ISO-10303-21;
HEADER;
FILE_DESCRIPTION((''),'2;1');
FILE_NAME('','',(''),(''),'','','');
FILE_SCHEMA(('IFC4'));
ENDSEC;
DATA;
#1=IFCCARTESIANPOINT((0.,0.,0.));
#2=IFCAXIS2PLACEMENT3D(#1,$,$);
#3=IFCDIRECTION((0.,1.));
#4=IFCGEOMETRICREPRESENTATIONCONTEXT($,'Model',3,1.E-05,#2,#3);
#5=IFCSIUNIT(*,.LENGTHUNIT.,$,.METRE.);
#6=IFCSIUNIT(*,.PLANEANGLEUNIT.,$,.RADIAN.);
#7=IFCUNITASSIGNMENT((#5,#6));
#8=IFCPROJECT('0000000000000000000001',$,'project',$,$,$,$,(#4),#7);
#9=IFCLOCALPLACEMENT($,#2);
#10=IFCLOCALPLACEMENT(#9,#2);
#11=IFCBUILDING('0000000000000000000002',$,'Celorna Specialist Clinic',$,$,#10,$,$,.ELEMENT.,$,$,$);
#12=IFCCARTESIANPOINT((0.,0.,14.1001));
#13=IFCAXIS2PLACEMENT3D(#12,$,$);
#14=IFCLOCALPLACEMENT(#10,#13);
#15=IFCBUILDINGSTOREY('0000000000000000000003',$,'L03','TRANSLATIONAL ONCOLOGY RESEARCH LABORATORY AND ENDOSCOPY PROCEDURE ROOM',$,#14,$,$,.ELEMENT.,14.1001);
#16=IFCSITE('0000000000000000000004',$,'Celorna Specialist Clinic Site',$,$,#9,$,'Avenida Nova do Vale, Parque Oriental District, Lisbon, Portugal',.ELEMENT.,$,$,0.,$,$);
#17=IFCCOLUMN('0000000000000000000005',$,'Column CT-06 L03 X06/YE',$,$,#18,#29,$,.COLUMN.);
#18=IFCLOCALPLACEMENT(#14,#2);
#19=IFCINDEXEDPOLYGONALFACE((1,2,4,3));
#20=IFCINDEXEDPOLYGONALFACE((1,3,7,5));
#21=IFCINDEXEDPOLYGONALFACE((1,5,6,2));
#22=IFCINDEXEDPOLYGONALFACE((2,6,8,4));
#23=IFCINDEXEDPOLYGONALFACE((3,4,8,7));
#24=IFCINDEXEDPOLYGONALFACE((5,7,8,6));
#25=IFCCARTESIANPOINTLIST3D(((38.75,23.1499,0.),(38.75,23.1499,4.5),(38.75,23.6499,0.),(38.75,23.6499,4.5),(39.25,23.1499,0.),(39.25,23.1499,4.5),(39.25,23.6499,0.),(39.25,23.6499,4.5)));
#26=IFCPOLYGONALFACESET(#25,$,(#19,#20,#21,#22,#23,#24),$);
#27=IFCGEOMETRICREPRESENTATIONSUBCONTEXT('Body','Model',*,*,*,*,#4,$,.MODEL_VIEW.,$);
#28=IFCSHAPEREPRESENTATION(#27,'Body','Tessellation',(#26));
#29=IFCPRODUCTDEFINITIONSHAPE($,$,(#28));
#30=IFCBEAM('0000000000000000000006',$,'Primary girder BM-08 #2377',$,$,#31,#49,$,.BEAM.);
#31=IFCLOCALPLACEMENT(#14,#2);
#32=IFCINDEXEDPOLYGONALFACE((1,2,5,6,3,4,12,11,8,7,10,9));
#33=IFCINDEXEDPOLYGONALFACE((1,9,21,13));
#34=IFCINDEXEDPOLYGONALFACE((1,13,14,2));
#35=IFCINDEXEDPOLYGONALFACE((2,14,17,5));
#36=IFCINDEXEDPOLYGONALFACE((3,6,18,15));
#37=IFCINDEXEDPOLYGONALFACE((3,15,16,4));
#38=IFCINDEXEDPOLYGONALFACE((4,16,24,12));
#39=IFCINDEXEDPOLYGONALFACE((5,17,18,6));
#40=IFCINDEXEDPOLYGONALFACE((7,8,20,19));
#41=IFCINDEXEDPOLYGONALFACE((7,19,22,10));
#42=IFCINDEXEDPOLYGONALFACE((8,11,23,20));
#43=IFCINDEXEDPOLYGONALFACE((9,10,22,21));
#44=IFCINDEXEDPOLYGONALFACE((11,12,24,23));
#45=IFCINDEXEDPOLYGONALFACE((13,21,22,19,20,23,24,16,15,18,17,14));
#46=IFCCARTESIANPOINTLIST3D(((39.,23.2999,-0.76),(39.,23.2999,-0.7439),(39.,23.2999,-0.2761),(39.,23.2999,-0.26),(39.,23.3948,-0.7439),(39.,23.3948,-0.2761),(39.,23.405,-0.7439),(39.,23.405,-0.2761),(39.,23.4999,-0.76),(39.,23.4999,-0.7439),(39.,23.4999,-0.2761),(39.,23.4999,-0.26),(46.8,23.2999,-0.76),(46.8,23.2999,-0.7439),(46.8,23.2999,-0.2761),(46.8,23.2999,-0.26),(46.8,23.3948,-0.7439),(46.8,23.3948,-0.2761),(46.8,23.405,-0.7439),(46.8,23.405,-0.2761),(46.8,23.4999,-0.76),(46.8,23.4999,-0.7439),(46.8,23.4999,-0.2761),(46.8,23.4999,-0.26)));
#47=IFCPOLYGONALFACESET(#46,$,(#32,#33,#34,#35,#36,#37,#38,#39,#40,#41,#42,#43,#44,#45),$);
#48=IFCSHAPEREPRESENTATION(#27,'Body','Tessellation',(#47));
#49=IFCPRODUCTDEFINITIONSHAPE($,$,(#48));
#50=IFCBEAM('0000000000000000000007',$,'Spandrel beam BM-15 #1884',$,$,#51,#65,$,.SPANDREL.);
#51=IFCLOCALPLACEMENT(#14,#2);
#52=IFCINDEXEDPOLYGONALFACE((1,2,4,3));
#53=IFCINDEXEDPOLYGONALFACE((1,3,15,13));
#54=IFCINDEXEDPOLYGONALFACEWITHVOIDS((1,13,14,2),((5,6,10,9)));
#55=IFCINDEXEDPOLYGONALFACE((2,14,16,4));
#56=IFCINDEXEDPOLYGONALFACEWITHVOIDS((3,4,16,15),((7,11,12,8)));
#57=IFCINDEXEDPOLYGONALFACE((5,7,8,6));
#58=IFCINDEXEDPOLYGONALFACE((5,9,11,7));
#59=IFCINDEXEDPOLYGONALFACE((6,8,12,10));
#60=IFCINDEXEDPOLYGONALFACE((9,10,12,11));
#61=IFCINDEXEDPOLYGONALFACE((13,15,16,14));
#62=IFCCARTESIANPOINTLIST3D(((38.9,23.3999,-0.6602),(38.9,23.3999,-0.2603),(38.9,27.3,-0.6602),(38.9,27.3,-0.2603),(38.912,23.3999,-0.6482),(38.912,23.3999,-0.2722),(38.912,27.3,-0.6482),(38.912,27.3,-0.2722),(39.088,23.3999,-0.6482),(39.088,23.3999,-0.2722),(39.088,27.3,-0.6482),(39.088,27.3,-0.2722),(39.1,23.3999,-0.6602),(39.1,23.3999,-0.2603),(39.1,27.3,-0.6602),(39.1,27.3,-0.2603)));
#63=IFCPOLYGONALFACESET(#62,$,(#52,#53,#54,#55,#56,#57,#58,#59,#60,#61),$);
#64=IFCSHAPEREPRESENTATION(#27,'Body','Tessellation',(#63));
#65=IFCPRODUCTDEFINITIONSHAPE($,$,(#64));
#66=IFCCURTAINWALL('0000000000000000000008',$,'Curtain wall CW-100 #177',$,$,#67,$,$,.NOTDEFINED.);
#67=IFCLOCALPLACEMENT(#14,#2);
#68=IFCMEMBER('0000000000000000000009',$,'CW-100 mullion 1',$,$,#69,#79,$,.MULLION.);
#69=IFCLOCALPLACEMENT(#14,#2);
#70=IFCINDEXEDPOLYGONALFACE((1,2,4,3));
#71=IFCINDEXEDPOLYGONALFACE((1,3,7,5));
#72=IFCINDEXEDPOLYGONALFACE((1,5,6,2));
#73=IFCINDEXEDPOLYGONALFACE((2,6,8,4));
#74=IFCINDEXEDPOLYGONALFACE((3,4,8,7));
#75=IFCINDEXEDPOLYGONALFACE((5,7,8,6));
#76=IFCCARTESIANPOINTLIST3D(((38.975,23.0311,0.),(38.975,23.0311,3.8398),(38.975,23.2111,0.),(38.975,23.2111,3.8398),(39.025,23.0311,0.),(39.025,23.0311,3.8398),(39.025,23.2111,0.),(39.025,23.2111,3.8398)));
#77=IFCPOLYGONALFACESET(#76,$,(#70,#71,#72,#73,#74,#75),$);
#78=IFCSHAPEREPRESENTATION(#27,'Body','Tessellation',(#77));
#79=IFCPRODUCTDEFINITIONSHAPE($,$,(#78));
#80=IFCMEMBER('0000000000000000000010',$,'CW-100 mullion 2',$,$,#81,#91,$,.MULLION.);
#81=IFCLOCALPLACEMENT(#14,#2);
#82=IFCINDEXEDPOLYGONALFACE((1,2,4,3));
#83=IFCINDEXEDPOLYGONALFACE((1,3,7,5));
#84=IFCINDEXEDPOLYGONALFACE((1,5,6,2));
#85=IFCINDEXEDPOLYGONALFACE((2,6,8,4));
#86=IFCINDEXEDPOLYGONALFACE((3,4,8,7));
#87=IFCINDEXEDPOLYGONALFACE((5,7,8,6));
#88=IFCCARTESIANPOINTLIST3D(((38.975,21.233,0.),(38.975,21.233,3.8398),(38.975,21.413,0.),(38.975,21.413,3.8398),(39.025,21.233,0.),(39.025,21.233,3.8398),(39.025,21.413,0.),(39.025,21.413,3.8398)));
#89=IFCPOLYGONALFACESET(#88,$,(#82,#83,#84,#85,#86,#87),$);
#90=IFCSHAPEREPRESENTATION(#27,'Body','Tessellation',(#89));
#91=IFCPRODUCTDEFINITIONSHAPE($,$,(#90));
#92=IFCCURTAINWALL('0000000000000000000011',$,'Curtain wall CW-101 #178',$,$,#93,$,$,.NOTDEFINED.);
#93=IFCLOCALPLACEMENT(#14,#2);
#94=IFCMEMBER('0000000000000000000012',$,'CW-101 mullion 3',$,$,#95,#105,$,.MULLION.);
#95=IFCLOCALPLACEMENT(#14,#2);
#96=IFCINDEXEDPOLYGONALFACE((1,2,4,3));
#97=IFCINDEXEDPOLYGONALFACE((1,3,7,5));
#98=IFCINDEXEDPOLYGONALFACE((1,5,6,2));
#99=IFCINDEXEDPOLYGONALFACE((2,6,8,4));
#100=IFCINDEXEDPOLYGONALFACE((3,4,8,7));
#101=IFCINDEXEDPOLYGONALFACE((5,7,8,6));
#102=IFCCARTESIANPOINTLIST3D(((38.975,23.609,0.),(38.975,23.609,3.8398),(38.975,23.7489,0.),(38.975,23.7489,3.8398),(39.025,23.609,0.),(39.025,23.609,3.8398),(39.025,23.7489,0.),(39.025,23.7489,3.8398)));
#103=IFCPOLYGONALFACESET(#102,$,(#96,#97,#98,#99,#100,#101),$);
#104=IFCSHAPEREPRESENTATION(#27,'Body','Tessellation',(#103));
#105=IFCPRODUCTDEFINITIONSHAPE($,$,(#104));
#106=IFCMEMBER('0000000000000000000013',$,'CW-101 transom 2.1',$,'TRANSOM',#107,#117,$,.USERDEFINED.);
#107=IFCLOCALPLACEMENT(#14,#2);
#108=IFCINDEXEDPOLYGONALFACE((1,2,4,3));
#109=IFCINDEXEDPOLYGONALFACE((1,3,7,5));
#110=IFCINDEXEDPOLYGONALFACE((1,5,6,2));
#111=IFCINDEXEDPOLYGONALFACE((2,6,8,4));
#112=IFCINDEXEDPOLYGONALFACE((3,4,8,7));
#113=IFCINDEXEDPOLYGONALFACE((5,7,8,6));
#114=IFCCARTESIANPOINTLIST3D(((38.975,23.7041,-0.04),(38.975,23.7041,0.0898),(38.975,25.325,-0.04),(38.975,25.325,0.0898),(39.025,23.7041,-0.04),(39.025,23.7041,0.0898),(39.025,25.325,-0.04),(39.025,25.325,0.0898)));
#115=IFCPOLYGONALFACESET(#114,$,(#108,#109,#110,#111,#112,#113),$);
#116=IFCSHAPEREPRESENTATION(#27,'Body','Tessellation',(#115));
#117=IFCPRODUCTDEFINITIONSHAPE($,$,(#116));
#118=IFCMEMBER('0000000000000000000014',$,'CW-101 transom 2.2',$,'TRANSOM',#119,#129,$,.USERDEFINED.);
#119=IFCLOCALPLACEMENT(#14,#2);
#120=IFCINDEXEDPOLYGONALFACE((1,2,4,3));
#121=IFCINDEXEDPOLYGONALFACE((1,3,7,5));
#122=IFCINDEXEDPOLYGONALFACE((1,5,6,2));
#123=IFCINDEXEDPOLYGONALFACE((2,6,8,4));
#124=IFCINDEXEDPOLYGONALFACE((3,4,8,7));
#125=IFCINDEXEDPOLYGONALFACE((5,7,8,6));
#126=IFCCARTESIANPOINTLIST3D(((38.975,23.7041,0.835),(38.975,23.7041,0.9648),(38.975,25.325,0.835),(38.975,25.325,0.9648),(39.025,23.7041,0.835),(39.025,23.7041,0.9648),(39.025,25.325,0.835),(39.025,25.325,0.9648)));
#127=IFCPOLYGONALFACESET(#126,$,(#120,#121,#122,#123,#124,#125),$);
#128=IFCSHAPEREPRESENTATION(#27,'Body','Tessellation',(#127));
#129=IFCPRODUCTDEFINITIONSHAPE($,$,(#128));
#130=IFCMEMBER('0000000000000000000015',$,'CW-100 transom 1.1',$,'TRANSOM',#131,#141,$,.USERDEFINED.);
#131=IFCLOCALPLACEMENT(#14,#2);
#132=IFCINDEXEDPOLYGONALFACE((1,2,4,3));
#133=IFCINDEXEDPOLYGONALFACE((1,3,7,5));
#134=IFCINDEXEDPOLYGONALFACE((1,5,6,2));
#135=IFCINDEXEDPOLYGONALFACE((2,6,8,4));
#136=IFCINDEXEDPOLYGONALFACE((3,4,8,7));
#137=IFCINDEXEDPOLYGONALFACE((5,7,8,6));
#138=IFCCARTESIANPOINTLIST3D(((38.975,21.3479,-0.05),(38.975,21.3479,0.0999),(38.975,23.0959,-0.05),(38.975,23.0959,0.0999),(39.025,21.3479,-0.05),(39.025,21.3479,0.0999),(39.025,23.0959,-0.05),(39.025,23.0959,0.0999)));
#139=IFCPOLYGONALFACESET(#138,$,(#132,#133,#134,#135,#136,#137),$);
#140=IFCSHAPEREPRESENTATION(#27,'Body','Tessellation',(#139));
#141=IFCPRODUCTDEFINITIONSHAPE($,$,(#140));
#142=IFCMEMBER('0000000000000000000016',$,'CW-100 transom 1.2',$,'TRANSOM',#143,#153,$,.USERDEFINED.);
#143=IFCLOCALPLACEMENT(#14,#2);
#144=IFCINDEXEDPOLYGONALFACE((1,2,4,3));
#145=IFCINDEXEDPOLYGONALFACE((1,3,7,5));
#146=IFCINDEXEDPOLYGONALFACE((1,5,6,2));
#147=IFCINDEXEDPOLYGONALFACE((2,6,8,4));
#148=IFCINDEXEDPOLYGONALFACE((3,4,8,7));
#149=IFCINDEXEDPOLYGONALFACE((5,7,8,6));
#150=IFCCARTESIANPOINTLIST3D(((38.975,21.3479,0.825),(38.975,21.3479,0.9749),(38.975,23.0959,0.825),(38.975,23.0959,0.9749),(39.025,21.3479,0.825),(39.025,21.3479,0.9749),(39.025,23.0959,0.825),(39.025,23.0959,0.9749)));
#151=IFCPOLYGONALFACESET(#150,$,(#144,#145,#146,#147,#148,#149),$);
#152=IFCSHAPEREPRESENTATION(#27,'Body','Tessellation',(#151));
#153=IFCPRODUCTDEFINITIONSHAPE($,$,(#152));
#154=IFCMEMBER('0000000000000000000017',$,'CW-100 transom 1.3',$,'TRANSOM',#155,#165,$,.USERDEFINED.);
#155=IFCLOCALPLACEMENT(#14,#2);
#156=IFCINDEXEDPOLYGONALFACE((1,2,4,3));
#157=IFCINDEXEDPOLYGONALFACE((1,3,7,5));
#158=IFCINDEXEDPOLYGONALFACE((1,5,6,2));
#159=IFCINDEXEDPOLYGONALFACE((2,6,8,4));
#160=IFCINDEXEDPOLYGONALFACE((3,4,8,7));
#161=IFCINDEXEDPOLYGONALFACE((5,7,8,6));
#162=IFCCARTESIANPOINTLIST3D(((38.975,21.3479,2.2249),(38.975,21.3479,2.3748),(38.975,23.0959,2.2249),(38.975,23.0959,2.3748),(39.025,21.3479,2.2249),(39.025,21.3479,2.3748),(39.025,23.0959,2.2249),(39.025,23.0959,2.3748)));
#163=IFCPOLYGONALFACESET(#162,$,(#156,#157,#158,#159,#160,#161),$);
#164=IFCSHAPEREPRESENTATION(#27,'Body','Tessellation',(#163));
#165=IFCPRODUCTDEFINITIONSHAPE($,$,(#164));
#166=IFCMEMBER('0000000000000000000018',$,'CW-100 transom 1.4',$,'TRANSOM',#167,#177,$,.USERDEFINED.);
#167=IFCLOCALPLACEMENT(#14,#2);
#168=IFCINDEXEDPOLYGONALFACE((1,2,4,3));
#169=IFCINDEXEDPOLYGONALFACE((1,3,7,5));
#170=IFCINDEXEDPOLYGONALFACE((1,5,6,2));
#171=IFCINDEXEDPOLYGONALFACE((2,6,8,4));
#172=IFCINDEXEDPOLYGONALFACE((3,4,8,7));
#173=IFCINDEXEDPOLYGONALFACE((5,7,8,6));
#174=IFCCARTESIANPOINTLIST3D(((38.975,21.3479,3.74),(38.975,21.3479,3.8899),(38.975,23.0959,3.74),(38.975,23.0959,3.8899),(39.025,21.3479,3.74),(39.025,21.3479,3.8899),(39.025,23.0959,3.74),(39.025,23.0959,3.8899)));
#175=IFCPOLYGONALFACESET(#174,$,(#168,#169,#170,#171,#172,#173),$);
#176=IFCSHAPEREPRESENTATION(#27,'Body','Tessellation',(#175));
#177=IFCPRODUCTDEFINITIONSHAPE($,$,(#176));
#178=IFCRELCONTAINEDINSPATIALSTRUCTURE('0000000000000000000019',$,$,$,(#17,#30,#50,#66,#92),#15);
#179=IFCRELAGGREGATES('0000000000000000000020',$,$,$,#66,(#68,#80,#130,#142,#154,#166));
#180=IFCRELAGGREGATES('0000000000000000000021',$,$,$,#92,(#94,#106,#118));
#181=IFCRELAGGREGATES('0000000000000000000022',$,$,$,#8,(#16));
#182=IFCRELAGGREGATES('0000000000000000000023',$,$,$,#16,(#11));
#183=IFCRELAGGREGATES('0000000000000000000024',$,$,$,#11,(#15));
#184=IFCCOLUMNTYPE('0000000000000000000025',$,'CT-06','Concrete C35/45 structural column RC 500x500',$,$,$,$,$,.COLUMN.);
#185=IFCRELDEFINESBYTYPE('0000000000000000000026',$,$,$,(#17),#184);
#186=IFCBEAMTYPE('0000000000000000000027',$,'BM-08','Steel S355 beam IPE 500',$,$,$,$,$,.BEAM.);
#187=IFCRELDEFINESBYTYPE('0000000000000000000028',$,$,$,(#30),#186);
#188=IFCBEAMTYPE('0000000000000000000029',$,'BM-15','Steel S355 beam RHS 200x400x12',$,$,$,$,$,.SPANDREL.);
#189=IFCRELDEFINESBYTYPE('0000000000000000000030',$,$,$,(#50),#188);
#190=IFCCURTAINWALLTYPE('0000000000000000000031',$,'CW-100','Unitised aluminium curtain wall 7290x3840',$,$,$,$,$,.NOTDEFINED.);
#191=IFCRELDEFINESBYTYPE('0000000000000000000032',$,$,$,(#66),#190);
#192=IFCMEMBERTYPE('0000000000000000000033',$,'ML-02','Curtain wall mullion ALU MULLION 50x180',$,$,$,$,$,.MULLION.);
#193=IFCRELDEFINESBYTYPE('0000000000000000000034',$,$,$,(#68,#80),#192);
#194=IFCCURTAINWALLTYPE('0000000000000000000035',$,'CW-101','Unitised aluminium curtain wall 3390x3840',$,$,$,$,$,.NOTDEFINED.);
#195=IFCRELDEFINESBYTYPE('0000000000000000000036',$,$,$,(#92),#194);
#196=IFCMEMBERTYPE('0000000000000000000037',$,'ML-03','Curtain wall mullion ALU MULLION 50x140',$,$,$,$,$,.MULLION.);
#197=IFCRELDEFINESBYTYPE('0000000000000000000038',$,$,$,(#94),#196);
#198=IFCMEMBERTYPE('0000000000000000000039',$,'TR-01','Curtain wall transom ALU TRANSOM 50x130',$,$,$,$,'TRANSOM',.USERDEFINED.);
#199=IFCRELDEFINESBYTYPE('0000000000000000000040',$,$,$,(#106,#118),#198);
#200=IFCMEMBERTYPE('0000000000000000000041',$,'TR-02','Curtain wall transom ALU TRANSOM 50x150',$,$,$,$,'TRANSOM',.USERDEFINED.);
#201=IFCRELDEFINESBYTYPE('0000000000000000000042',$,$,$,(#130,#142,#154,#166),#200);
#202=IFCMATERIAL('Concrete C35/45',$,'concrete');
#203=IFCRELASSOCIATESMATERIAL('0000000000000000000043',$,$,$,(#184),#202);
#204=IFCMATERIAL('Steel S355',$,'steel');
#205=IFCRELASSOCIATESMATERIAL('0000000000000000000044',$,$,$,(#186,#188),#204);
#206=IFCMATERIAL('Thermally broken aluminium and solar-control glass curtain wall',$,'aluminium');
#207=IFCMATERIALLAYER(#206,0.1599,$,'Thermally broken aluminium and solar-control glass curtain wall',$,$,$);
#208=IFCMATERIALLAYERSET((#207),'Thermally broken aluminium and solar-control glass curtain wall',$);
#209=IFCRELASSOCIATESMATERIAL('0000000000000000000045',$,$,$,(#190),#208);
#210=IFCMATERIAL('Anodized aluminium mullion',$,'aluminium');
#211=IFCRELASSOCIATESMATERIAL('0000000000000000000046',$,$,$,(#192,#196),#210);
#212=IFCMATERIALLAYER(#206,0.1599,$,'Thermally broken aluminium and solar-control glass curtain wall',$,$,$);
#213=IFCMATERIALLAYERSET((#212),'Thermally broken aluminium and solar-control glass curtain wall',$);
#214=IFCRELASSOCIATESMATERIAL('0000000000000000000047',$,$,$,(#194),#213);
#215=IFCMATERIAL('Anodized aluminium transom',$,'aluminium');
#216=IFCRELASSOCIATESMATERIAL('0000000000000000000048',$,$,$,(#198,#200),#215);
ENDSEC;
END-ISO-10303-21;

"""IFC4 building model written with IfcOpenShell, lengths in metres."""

from ifc_helpers import new_model, si_unit, direction, frame, origin, origin_2d, place, context, subcontext, project, spatial, rectangle, hollow_rectangle, i_section, extrude, material, layer, layer_set, material_profile, profile_set, type_object, element, aggregate, save


model = new_model("IFC4")

# Units and contexts
model_context = context("Model", 3, precision=1e-05, world=origin(), true_north=direction((0.0, 1.0)))
body_context = subcontext(model_context, "Body", "Model", "MODEL_VIEW")
ifc_project = project(units=[si_unit("LENGTHUNIT", "METRE"), si_unit("PLANEANGLEUNIT", "RADIAN")], contexts=[model_context])

# Site, building, storey
site_placement = place(None, origin())
site = spatial("IfcSite", under=ifc_project, at=site_placement, Name="Celorna Specialist Clinic Site", LongName="Avenida Nova do Vale, Parque Oriental District, Lisbon, Portugal", CompositionType="ELEMENT", RefElevation=0.0)
building_placement = place(site_placement, origin())
building = spatial("IfcBuilding", under=site, at=building_placement, Name="Celorna Specialist Clinic", CompositionType="ELEMENT")
storey_placement = place(building_placement, frame((0.0, 0.0, 14.1001)))
storey = spatial("IfcBuildingStorey", under=building, at=storey_placement, Name="L03", Description="TRANSLATIONAL ONCOLOGY RESEARCH LABORATORY AND ENDOSCOPY PROCEDURE ROOM", CompositionType="ELEMENT", Elevation=14.1001)

# Column
ifc_material_1 = material(Name="Concrete C35/45", Category="concrete")
ifc_material_profile_1 = material_profile(ifc_material_1, rectangle(XDim=0.5, YDim=0.5, at=origin_2d()), Name="RC 500x500")
ifc_profile_set_1 = profile_set([ifc_material_profile_1], Name="Concrete C35/45")
column_type = type_object("IfcColumnType", Name="CT-06", Description="Concrete C35/45 structural column RC 500x500", PredefinedType="COLUMN", material=ifc_profile_set_1)
column_placement = place(storey_placement, frame((39.0, 23.3999, 0.0), z_axis=(0.0, 0.0, 1.0), x_axis=(1.0, 0.0, 0.0)))
element("IfcColumn", 1, at=column_placement, inside=storey, type_object=column_type, Name="Column CT-06 L03 X06/YE", PredefinedType="COLUMN", context=body_context, shape_type="SweptSolid", body=[
    extrude(rectangle(XDim=0.5, YDim=0.5, at=origin_2d()), origin(), (0.0, 0.0, 1.0), 4.5),
])

# Beams
ifc_material_2 = material(Name="Steel S355", Category="steel")
ifc_material_profile_2 = material_profile(ifc_material_2, i_section(OverallWidth=0.2, OverallDepth=0.5, WebThickness=0.0103, FlangeThickness=0.0161, at=origin_2d()), Name="IPE 500")
ifc_profile_set_2 = profile_set([ifc_material_profile_2], Name="Steel S355")
beam_type_1 = type_object("IfcBeamType", Name="BM-08", Description="Steel S355 beam IPE 500", PredefinedType="BEAM", material=ifc_profile_set_2)
beam_1_placement = place(storey_placement, frame((39.0, 23.3999, -0.51), z_axis=(1.0, 0.0, 0.0), x_axis=(0.0, 1.0, 0.0)))
element("IfcBeam", 2, at=beam_1_placement, inside=storey, type_object=beam_type_1, Name="Primary girder BM-08 #2377", PredefinedType="BEAM", context=body_context, shape_type="SweptSolid", body=[
    extrude(i_section(OverallWidth=0.2, OverallDepth=0.5, WebThickness=0.0103, FlangeThickness=0.0161, at=origin_2d()), origin(), (0.0, 0.0, 1.0), 7.8),
])
ifc_material_profile_3 = material_profile(ifc_material_2, hollow_rectangle(XDim=0.2, YDim=0.3999, WallThickness=0.012, at=origin_2d()), Name="RHS 200x400x12")
ifc_profile_set_3 = profile_set([ifc_material_profile_3], Name="Steel S355")
beam_type_2 = type_object("IfcBeamType", Name="BM-15", Description="Steel S355 beam RHS 200x400x12", PredefinedType="SPANDREL", material=ifc_profile_set_3)
beam_2_placement = place(storey_placement, frame((39.0, 23.3999, -0.4602), z_axis=(0.0, 1.0, 0.0), x_axis=(-1.0, 0.0, 0.0)))
element("IfcBeam", 3, at=beam_2_placement, inside=storey, type_object=beam_type_2, Name="Spandrel beam BM-15 #1884", PredefinedType="SPANDREL", context=body_context, shape_type="SweptSolid", body=[
    extrude(hollow_rectangle(XDim=0.2, YDim=0.3999, WallThickness=0.012, at=origin_2d()), origin(), (0.0, 0.0, 1.0), 3.9001),
])

# Curtain walls, members
ifc_material_3 = material(Name="Thermally broken aluminium and solar-control glass curtain wall", Category="aluminium")
ifc_layer_1 = layer(ifc_material_3, 0.1599, Name="Thermally broken aluminium and solar-control glass curtain wall")
ifc_layer_set_1 = layer_set([ifc_layer_1], Name="Thermally broken aluminium and solar-control glass curtain wall")
curtain_wall_type_1 = type_object("IfcCurtainWallType", Name="CW-100", Description="Unitised aluminium curtain wall 7290x3840", PredefinedType="NOTDEFINED", material=ifc_layer_set_1)
curtain_wall_1_placement = place(storey_placement, origin())
curtain_wall_1 = element("IfcCurtainWall", 4, at=curtain_wall_1_placement, inside=storey, type_object=curtain_wall_type_1, Name="Curtain wall CW-100 #177", PredefinedType="NOTDEFINED")
ifc_material_4 = material(Name="Anodized aluminium mullion", Category="aluminium")
ifc_material_profile_4 = material_profile(ifc_material_4, rectangle(XDim=0.05, YDim=0.1799, at=origin_2d()), Name="ALU MULLION 50x180")
ifc_profile_set_4 = profile_set([ifc_material_profile_4], Name="Anodized aluminium mullion")
member_type_1 = type_object("IfcMemberType", Name="ML-02", Description="Curtain wall mullion ALU MULLION 50x180", PredefinedType="MULLION", material=ifc_profile_set_4)
member_1_placement = place(storey_placement, frame((39.0, 23.1211, 0.0), z_axis=(0.0, 0.0, 1.0), x_axis=(1.0, 0.0, 0.0)))
member_1 = element("IfcMember", 5, at=member_1_placement, type_object=member_type_1, Name="CW-100 mullion 1", PredefinedType="MULLION", context=body_context, shape_type="SweptSolid", body=[
    extrude(rectangle(XDim=0.05, YDim=0.1799, at=origin_2d()), origin(), (0.0, 0.0, 1.0), 3.8398),
])
member_2_placement = place(storey_placement, frame((39.0, 21.323, 0.0), z_axis=(0.0, 0.0, 1.0), x_axis=(1.0, 0.0, 0.0)))
member_2 = element("IfcMember", 6, at=member_2_placement, type_object=member_type_1, Name="CW-100 mullion 2", PredefinedType="MULLION", context=body_context, shape_type="SweptSolid", body=[
    extrude(rectangle(XDim=0.05, YDim=0.1799, at=origin_2d()), origin(), (0.0, 0.0, 1.0), 3.8398),
])
ifc_layer_2 = layer(ifc_material_3, 0.1599, Name="Thermally broken aluminium and solar-control glass curtain wall")
ifc_layer_set_2 = layer_set([ifc_layer_2], Name="Thermally broken aluminium and solar-control glass curtain wall")
curtain_wall_type_2 = type_object("IfcCurtainWallType", Name="CW-101", Description="Unitised aluminium curtain wall 3390x3840", PredefinedType="NOTDEFINED", material=ifc_layer_set_2)
curtain_wall_2_placement = place(storey_placement, origin())
curtain_wall_2 = element("IfcCurtainWall", 7, at=curtain_wall_2_placement, inside=storey, type_object=curtain_wall_type_2, Name="Curtain wall CW-101 #178", PredefinedType="NOTDEFINED")
ifc_material_profile_5 = material_profile(ifc_material_4, rectangle(XDim=0.05, YDim=0.1399, at=origin_2d()), Name="ALU MULLION 50x140")
ifc_profile_set_5 = profile_set([ifc_material_profile_5], Name="Anodized aluminium mullion")
member_type_2 = type_object("IfcMemberType", Name="ML-03", Description="Curtain wall mullion ALU MULLION 50x140", PredefinedType="MULLION", material=ifc_profile_set_5)
member_3_placement = place(storey_placement, frame((39.0, 23.679, 0.0), z_axis=(0.0, 0.0, 1.0), x_axis=(1.0, 0.0, 0.0)))
member_3 = element("IfcMember", 8, at=member_3_placement, type_object=member_type_2, Name="CW-101 mullion 3", PredefinedType="MULLION", context=body_context, shape_type="SweptSolid", body=[
    extrude(rectangle(XDim=0.05, YDim=0.1399, at=origin_2d()), origin(), (0.0, 0.0, 1.0), 3.8398),
])
ifc_material_5 = material(Name="Anodized aluminium transom", Category="aluminium")
ifc_material_profile_6 = material_profile(ifc_material_5, rectangle(XDim=0.05, YDim=0.1299, at=origin_2d()), Name="ALU TRANSOM 50x130")
ifc_profile_set_6 = profile_set([ifc_material_profile_6], Name="Anodized aluminium transom")
member_type_3 = type_object("IfcMemberType", Name="TR-01", Description="Curtain wall transom ALU TRANSOM 50x130", ElementType="TRANSOM", PredefinedType="USERDEFINED", material=ifc_profile_set_6)
member_4_placement = place(storey_placement, frame((39.0, 25.325, 0.0249), z_axis=(0.0, -1.0, 0.0), x_axis=(1.0, 0.0, 0.0)))
member_4 = element("IfcMember", 9, at=member_4_placement, type_object=member_type_3, Name="CW-101 transom 2.1", ObjectType="TRANSOM", PredefinedType="USERDEFINED", context=body_context, shape_type="SweptSolid", body=[
    extrude(rectangle(XDim=0.05, YDim=0.1299, at=origin_2d()), origin(), (0.0, 0.0, 1.0), 1.6208),
])
member_5_placement = place(storey_placement, frame((39.0, 25.325, 0.8999), z_axis=(0.0, -1.0, 0.0), x_axis=(1.0, 0.0, 0.0)))
member_5 = element("IfcMember", 10, at=member_5_placement, type_object=member_type_3, Name="CW-101 transom 2.2", ObjectType="TRANSOM", PredefinedType="USERDEFINED", context=body_context, shape_type="SweptSolid", body=[
    extrude(rectangle(XDim=0.05, YDim=0.1299, at=origin_2d()), origin(), (0.0, 0.0, 1.0), 1.6208),
])

# Members
ifc_material_profile_7 = material_profile(ifc_material_5, rectangle(XDim=0.05, YDim=0.1499, at=origin_2d()), Name="ALU TRANSOM 50x150")
ifc_profile_set_7 = profile_set([ifc_material_profile_7], Name="Anodized aluminium transom")
member_type_4 = type_object("IfcMemberType", Name="TR-02", Description="Curtain wall transom ALU TRANSOM 50x150", ElementType="TRANSOM", PredefinedType="USERDEFINED", material=ifc_profile_set_7)
member_6_placement = place(storey_placement, frame((39.0, 23.0959, 0.0249), z_axis=(0.0, -1.0, 0.0), x_axis=(1.0, 0.0, 0.0)))
member_6 = element("IfcMember", 11, at=member_6_placement, type_object=member_type_4, Name="CW-100 transom 1.1", ObjectType="TRANSOM", PredefinedType="USERDEFINED", context=body_context, shape_type="SweptSolid", body=[
    extrude(rectangle(XDim=0.05, YDim=0.1499, at=origin_2d()), origin(), (0.0, 0.0, 1.0), 1.748),
])
member_7_placement = place(storey_placement, frame((39.0, 23.0959, 0.8999), z_axis=(0.0, -1.0, 0.0), x_axis=(1.0, 0.0, 0.0)))
member_7 = element("IfcMember", 12, at=member_7_placement, type_object=member_type_4, Name="CW-100 transom 1.2", ObjectType="TRANSOM", PredefinedType="USERDEFINED", context=body_context, shape_type="SweptSolid", body=[
    extrude(rectangle(XDim=0.05, YDim=0.1499, at=origin_2d()), origin(), (0.0, 0.0, 1.0), 1.748),
])
member_8_placement = place(storey_placement, frame((39.0, 23.0959, 2.2998), z_axis=(0.0, -1.0, 0.0), x_axis=(1.0, 0.0, 0.0)))
member_8 = element("IfcMember", 13, at=member_8_placement, type_object=member_type_4, Name="CW-100 transom 1.3", ObjectType="TRANSOM", PredefinedType="USERDEFINED", context=body_context, shape_type="SweptSolid", body=[
    extrude(rectangle(XDim=0.05, YDim=0.1499, at=origin_2d()), origin(), (0.0, 0.0, 1.0), 1.748),
])
member_9_placement = place(storey_placement, frame((39.0, 23.0959, 3.8149), z_axis=(0.0, -1.0, 0.0), x_axis=(1.0, 0.0, 0.0)))
member_9 = element("IfcMember", 14, at=member_9_placement, type_object=member_type_4, Name="CW-100 transom 1.4", ObjectType="TRANSOM", PredefinedType="USERDEFINED", context=body_context, shape_type="SweptSolid", body=[
    extrude(rectangle(XDim=0.05, YDim=0.1499, at=origin_2d()), origin(), (0.0, 0.0, 1.0), 1.748),
])

aggregate(curtain_wall_1, [member_1, member_2, member_6, member_7, member_8, member_9])
aggregate(curtain_wall_2, [member_3, member_4, member_5])

save(model, "model.ifc")
